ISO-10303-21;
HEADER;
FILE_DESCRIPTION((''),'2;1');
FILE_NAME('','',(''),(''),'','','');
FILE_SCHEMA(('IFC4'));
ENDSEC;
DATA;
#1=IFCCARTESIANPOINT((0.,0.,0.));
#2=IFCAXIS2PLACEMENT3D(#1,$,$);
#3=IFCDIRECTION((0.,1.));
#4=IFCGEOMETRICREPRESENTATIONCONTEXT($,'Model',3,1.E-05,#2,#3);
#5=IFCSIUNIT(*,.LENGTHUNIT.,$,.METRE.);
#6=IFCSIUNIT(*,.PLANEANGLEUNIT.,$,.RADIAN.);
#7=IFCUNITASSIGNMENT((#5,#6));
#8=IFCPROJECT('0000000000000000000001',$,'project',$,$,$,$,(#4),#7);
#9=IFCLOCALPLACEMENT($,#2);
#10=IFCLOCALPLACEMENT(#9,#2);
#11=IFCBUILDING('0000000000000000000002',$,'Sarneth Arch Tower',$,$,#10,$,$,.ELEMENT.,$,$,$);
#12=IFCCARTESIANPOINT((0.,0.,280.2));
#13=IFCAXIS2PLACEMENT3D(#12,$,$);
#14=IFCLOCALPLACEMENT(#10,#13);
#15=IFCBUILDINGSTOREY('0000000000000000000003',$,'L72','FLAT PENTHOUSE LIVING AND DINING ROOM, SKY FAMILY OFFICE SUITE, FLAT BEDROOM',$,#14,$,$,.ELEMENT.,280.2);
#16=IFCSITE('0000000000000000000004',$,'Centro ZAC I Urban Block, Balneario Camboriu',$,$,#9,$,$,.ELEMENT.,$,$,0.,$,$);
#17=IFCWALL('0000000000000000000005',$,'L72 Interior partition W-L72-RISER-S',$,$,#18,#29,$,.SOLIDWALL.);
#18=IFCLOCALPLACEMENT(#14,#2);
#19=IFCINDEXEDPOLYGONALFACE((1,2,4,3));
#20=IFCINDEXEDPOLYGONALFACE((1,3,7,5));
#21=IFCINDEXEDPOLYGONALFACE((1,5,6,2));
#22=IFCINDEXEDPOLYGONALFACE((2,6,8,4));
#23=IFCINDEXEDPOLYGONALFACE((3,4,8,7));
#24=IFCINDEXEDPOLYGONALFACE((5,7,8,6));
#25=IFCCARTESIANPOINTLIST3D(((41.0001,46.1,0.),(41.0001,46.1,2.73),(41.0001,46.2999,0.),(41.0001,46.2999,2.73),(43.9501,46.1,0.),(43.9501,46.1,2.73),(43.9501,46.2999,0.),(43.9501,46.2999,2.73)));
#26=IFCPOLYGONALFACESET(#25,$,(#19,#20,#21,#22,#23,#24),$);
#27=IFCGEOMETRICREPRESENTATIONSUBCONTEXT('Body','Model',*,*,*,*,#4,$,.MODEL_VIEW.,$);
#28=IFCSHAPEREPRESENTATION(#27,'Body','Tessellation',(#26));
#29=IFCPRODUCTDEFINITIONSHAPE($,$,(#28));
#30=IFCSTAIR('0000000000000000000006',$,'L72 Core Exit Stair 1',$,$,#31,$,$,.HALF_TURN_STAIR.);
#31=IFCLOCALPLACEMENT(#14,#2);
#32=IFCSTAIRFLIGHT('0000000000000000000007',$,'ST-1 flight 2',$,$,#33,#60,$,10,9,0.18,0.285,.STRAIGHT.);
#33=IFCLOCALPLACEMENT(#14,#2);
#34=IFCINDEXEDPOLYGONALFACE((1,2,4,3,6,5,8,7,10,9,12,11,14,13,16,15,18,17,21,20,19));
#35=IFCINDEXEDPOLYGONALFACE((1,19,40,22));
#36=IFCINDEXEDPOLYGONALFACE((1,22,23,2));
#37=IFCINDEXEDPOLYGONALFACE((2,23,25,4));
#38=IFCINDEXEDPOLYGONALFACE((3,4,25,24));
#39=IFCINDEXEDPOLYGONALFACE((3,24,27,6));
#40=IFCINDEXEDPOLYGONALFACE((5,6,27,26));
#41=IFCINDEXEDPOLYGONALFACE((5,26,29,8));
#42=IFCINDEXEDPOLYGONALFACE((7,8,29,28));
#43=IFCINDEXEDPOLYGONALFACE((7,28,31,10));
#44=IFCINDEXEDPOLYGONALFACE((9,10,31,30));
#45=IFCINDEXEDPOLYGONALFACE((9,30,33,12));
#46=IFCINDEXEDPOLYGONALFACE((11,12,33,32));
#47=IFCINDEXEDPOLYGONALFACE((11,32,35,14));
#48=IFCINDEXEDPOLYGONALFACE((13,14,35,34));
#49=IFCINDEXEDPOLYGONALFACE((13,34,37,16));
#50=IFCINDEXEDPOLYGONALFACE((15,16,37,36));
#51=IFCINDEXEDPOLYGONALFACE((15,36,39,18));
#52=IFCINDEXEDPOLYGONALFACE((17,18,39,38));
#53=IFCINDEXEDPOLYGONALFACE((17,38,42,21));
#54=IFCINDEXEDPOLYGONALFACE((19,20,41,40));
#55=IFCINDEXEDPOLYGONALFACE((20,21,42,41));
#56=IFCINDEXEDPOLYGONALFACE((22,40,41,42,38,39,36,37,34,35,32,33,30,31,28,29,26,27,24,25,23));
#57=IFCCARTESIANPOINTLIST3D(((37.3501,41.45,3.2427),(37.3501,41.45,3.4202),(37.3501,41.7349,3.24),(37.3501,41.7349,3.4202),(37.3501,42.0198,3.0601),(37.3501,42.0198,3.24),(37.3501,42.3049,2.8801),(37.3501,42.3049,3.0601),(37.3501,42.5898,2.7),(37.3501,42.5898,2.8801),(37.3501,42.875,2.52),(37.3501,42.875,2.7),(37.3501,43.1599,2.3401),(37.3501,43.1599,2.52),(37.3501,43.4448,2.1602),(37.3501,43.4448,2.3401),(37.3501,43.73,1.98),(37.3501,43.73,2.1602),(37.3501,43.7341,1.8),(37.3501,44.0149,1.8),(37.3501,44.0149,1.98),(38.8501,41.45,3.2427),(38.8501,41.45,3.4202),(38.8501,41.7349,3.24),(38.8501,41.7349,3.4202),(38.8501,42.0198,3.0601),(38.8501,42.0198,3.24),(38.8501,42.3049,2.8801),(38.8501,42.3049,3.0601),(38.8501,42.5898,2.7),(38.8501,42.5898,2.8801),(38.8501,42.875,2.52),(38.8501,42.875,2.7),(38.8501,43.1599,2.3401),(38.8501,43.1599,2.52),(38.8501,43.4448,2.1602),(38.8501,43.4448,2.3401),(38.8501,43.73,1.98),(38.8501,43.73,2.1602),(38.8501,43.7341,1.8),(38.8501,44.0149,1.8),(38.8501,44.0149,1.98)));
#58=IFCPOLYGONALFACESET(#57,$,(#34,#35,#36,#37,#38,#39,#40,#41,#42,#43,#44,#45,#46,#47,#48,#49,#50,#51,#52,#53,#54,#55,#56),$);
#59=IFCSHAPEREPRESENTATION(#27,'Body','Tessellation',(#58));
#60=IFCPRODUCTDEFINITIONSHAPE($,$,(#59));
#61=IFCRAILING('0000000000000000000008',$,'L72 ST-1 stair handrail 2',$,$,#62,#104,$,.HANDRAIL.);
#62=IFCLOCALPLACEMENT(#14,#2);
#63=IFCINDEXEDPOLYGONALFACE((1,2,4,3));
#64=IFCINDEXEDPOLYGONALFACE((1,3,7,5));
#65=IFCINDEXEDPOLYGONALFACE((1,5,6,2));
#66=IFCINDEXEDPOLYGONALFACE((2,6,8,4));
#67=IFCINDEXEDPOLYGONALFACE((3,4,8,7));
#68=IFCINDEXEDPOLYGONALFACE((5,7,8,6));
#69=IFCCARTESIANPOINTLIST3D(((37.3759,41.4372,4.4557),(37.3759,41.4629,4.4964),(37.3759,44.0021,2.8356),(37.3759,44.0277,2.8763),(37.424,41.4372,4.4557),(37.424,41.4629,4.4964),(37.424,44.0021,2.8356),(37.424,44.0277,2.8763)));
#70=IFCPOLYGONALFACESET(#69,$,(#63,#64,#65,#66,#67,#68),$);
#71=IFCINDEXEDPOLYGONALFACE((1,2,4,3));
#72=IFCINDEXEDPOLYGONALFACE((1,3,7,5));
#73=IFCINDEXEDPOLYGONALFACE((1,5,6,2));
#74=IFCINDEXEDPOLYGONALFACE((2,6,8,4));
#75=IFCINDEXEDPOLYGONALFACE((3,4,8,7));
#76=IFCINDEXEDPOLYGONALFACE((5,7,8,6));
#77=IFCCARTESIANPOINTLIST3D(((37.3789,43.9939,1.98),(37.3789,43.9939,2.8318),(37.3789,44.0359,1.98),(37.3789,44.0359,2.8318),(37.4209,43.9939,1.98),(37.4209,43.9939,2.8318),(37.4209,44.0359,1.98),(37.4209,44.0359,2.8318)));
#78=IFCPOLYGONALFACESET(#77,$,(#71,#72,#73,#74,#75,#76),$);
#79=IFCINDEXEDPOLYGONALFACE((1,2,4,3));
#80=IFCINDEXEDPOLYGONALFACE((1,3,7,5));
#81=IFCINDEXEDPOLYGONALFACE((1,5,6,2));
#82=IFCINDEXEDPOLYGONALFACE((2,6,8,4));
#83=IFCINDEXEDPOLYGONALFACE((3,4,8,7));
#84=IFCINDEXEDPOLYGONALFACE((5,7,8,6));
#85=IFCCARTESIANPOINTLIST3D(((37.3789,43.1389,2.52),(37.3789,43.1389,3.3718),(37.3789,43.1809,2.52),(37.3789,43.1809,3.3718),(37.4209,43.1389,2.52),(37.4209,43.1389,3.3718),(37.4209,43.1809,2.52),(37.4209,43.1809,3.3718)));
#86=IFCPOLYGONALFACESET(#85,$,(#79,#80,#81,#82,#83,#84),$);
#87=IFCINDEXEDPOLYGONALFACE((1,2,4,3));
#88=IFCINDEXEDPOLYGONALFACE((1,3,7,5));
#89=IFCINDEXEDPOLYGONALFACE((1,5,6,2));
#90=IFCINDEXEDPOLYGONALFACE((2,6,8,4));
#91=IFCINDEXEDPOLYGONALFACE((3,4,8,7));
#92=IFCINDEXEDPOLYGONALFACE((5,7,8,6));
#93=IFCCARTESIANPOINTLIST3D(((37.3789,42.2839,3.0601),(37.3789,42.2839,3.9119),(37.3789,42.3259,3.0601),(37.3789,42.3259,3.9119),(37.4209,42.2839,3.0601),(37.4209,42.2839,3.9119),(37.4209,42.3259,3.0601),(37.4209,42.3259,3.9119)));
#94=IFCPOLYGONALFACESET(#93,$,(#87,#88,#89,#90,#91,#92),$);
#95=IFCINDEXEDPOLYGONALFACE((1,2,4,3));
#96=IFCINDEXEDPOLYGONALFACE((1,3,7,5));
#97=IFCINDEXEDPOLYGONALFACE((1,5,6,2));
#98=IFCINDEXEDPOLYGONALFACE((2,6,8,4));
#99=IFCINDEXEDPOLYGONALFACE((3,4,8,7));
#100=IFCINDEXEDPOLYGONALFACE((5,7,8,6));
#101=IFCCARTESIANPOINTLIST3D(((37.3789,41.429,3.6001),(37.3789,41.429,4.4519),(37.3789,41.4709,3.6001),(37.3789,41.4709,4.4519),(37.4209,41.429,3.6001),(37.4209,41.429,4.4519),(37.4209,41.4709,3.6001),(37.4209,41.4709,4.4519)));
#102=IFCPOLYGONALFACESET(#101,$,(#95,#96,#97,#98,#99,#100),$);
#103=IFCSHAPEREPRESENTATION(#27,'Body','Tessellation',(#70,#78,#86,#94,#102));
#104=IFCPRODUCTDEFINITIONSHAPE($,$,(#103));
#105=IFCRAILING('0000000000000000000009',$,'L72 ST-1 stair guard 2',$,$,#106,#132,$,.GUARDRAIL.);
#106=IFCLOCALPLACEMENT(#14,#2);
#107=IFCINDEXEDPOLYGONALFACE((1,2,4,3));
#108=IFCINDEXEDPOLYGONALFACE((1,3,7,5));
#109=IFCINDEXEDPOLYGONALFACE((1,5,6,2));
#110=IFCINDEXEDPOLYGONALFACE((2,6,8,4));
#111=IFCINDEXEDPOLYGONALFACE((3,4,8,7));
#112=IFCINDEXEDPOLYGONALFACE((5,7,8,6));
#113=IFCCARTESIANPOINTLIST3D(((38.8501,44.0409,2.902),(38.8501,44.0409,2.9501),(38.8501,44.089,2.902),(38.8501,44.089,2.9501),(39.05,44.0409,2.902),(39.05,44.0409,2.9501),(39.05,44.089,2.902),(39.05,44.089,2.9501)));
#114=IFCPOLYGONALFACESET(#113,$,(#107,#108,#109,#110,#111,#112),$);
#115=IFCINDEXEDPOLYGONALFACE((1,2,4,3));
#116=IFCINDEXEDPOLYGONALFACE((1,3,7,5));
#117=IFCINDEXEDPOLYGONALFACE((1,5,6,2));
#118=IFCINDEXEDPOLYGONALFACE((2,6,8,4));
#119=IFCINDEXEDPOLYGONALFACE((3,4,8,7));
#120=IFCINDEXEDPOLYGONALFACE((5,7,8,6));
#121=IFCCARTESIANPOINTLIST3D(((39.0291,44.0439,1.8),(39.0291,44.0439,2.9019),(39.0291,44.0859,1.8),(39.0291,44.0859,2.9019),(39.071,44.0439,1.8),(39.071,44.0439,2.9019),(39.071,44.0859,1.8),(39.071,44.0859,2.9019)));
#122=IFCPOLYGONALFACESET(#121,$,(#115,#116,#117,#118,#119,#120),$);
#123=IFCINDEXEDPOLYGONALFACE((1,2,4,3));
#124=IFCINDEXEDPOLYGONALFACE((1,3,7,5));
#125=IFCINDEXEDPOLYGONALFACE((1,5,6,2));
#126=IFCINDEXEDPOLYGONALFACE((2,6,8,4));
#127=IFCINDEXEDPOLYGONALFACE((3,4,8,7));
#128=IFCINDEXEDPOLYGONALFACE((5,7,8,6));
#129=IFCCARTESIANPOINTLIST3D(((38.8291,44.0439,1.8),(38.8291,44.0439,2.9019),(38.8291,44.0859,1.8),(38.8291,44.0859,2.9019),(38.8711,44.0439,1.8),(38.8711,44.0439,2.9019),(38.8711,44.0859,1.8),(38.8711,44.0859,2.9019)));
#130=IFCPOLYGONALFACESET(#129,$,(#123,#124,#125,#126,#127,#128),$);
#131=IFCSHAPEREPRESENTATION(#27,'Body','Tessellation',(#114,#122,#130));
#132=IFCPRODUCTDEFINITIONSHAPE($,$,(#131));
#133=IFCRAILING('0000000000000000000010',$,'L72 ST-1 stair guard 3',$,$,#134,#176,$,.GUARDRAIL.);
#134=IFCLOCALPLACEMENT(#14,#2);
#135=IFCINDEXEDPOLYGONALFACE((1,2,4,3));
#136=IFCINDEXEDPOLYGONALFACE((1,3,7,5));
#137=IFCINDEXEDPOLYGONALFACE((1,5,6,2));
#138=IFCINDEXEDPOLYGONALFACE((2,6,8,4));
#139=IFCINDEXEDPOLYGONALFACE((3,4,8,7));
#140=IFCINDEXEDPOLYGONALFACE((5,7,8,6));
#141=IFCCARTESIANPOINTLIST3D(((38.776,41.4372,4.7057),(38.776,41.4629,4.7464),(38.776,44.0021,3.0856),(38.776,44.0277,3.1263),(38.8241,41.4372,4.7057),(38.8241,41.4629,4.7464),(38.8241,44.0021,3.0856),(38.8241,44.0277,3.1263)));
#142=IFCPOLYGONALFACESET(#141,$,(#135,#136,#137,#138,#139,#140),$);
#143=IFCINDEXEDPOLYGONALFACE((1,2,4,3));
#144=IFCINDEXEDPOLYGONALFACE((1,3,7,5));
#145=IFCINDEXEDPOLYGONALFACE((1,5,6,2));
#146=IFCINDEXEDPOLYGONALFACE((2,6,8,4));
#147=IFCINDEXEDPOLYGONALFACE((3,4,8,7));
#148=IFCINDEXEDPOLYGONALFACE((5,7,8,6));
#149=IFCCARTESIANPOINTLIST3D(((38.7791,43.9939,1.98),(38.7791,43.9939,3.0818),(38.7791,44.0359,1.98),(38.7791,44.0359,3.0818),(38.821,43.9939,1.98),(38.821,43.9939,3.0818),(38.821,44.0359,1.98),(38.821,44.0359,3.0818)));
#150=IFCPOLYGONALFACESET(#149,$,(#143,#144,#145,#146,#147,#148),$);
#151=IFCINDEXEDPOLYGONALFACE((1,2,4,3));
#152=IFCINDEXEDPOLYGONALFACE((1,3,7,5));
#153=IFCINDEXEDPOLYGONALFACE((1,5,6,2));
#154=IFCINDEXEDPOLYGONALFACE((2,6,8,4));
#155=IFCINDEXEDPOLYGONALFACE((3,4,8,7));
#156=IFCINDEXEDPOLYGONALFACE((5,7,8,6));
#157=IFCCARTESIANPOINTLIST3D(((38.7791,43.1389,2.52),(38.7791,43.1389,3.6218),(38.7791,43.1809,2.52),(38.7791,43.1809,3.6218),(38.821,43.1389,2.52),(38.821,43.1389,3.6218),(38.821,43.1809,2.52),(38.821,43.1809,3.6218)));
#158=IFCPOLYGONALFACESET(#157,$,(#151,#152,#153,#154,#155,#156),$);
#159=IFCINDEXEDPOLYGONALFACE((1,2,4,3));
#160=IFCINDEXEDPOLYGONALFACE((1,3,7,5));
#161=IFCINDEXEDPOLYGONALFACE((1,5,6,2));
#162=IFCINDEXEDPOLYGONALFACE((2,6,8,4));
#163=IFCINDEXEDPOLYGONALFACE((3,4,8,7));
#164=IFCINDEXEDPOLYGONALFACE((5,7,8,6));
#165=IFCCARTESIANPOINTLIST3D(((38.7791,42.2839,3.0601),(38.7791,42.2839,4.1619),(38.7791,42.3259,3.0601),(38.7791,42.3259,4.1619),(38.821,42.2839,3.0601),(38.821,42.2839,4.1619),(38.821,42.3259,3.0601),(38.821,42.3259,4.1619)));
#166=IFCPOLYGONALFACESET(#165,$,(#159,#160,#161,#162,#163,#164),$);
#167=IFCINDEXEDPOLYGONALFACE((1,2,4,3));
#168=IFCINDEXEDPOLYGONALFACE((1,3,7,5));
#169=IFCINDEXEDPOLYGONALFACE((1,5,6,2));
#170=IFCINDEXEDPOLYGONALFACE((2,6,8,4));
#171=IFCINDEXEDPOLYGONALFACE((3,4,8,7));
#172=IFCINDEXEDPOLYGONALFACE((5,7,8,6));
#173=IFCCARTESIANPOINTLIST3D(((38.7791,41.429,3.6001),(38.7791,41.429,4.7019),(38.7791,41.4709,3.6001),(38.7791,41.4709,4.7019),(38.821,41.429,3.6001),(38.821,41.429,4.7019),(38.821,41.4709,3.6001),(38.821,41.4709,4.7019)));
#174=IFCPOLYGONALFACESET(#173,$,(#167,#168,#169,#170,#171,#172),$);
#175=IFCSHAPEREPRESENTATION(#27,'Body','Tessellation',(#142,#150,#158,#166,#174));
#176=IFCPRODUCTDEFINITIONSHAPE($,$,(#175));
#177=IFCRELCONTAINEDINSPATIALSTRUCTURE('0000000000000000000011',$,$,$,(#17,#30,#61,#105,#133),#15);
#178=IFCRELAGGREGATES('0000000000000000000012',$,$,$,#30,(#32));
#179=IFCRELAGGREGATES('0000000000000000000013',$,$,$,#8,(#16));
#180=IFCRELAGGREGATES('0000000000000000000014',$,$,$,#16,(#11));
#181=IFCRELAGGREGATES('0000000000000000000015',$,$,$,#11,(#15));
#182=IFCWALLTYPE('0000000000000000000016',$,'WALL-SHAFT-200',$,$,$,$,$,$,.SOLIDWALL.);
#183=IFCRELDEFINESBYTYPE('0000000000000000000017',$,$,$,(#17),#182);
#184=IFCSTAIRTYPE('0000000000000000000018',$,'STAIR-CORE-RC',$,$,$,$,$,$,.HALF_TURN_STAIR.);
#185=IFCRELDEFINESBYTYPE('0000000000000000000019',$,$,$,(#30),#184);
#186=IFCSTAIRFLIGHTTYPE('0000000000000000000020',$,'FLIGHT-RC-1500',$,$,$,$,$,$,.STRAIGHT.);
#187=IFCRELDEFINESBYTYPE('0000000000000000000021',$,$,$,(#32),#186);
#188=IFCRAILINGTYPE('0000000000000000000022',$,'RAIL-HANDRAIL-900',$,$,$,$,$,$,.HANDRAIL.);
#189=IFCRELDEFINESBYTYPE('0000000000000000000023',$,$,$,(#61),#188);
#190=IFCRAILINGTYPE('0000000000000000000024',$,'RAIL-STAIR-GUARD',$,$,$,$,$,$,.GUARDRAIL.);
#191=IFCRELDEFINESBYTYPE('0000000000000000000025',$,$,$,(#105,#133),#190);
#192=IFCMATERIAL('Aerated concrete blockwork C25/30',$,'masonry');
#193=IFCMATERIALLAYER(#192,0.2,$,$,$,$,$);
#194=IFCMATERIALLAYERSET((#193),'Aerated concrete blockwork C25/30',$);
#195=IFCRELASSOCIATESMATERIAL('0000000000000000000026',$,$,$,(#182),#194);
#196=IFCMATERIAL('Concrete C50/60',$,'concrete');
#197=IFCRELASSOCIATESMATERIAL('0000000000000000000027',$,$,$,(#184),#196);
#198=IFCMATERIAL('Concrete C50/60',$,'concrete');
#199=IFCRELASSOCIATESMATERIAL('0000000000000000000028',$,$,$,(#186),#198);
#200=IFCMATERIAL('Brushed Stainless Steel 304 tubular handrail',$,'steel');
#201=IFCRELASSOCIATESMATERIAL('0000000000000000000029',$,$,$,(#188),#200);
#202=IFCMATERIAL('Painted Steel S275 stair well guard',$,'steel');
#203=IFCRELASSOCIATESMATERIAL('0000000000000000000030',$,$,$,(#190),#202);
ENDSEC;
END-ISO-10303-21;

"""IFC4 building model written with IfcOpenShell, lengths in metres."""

from ifc_helpers import new_model, si_unit, direction, frame, frame_2d, origin, origin_2d, place, context, subcontext, project, spatial, polyline, rectangle, outline, extrude, material, layer, layer_set, type_object, element, aggregate, save


model = new_model("IFC4")

# Units and contexts
model_context = context("Model", 3, precision=1e-05, world=origin(), true_north=direction((0.0, 1.0)))
body_context = subcontext(model_context, "Body", "Model", "MODEL_VIEW")
ifc_project = project(units=[si_unit("LENGTHUNIT", "METRE"), si_unit("PLANEANGLEUNIT", "RADIAN")], contexts=[model_context])

# Site, building, storey
site_placement = place(None, origin())
site = spatial("IfcSite", under=ifc_project, at=site_placement, Name="Centro ZAC I Urban Block, Balneario Camboriu", CompositionType="ELEMENT", RefElevation=0.0)
building_placement = place(site_placement, origin())
building = spatial("IfcBuilding", under=site, at=building_placement, Name="Sarneth Arch Tower", CompositionType="ELEMENT")
storey_placement = place(building_placement, frame((0.0, 0.0, 280.2)))
storey = spatial("IfcBuildingStorey", under=building, at=storey_placement, Name="L72", Description="FLAT PENTHOUSE LIVING AND DINING ROOM, SKY FAMILY OFFICE SUITE, FLAT BEDROOM", CompositionType="ELEMENT", Elevation=280.2)

# Wall
ifc_material_1 = material(Name="Aerated concrete blockwork C25/30", Category="masonry")
ifc_layer_1 = layer(ifc_material_1, 0.2)
ifc_layer_set_1 = layer_set([ifc_layer_1], Name="Aerated concrete blockwork C25/30")
wall_type_1 = type_object("IfcWallType", Name="WALL-SHAFT-200", PredefinedType="SOLIDWALL", material=ifc_layer_set_1)
wall_1_placement = place(storey_placement, frame((41.0, 46.2, 0.0), z_axis=(0.0, 0.0, 1.0), x_axis=(1.0, 0.0, 0.0)))
element("IfcWall", 1, at=wall_1_placement, inside=storey, type_object=wall_type_1, Name="L72 Interior partition W-L72-RISER-S", PredefinedType="SOLIDWALL", context=body_context, shape_type="SweptSolid", body=[
    extrude(rectangle(XDim=2.95, YDim=0.2, at=frame_2d((1.4751, 0.0))), origin(), (0.0, 0.0, 1.0), 2.73),
])

# Stair, stair flight
ifc_material_2 = material(Name="Concrete C50/60", Category="concrete")
stair_type = type_object("IfcStairType", Name="STAIR-CORE-RC", PredefinedType="HALF_TURN_STAIR", material=ifc_material_2)
stair_placement = place(storey_placement, origin())
stair = element("IfcStair", 2, at=stair_placement, inside=storey, type_object=stair_type, Name="L72 Core Exit Stair 1", PredefinedType="HALF_TURN_STAIR")
ifc_material_3 = material(Name="Concrete C50/60", Category="concrete")
stair_flight_type = type_object("IfcStairFlightType", Name="FLIGHT-RC-1500", PredefinedType="STRAIGHT", material=ifc_material_3)
stair_flight_placement = place(storey_placement, frame((38.1001, 44.0149, 1.8), z_axis=(0.0, 0.0, 1.0), x_axis=(0.0, -1.0, 0.0)))
stair_flight = element("IfcStairFlight", 3, at=stair_flight_placement, type_object=stair_flight_type, Name="ST-1 flight 2", NumberOfRisers=10, NumberOfTreads=9, PredefinedType="STRAIGHT", RiserHeight=0.18, TreadLength=0.285, context=body_context, shape_type="SweptSolid", body=[
    extrude(outline(polyline([(0.0, 0.0), (0.0, 0.1799), (0.2849, 0.1799), (0.2849, 0.3601), (0.5701, 0.3601), (0.5701, 0.54), (0.855, 0.54), (0.855, 0.72), (1.1399, 0.72), (1.1399, 0.8999), (1.425, 0.8999), (1.425, 1.0801), (1.71, 1.0801), (1.71, 1.26), (1.9951, 1.26), (1.9951, 1.4399), (2.28, 1.4399), (2.28, 1.6201), (2.5649, 1.6201), (2.5649, 1.8), (2.5649, 1.4426), (0.2808, 0.0), (0.0, 0.0)])), frame((0.0, 0.75, 0.0), z_axis=(0.0, -1.0, 0.0), x_axis=(1.0, 0.0, 0.0)), (0.0, 0.0, 1.0), 1.5),
])
aggregate(stair, [stair_flight])

# Railings
ifc_material_4 = material(Name="Brushed Stainless Steel 304 tubular handrail", Category="steel")
railing_type_1 = type_object("IfcRailingType", Name="RAIL-HANDRAIL-900", PredefinedType="HANDRAIL", material=ifc_material_4)
railing_1_placement = place(storey_placement, frame((37.3999, 44.0149, 1.98)))
element("IfcRailing", 4, at=railing_1_placement, inside=storey, type_object=railing_type_1, Name="L72 ST-1 stair handrail 2", PredefinedType="HANDRAIL", context=body_context, shape_type="SweptSolid", body=[
    extrude(rectangle(XDim=0.0481, YDim=0.0481, at=origin_2d()), frame((0.0, 0.0, 0.876), z_axis=(0.0, -0.845466, 0.534029), x_axis=(1.0, 0.0, 0.0)), (0.0, 0.0, 1.0), 3.0337),
    extrude(rectangle(XDim=0.042, YDim=0.042, at=origin_2d()), origin(), (0.0, 0.0, 1.0), 0.8518),
    extrude(rectangle(XDim=0.042, YDim=0.042, at=origin_2d()), frame((0.0, -0.855, 0.54)), (0.0, 0.0, 1.0), 0.8518),
    extrude(rectangle(XDim=0.042, YDim=0.042, at=origin_2d()), frame((0.0, -1.71, 1.0801)), (0.0, 0.0, 1.0), 0.8518),
    extrude(rectangle(XDim=0.042, YDim=0.042, at=origin_2d()), frame((0.0, -2.5649, 1.6201)), (0.0, 0.0, 1.0), 0.8518),
])
ifc_material_5 = material(Name="Painted Steel S275 stair well guard", Category="steel")
railing_type_2 = type_object("IfcRailingType", Name="RAIL-STAIR-GUARD", PredefinedType="GUARDRAIL", material=ifc_material_5)
railing_2_placement = place(storey_placement, frame((39.05, 44.0649, 1.8)))
element("IfcRailing", 5, at=railing_2_placement, inside=storey, type_object=railing_type_2, Name="L72 ST-1 stair guard 2", PredefinedType="GUARDRAIL", context=body_context, shape_type="SweptSolid", body=[
    extrude(rectangle(XDim=0.0481, YDim=0.0481, at=origin_2d()), frame((0.0, 0.0, 1.126), z_axis=(-1.0, 0.0, 0.0), x_axis=(0.0, -1.0, 0.0)), (0.0, 0.0, 1.0), 0.2),
    extrude(rectangle(XDim=0.042, YDim=0.042, at=origin_2d()), origin(), (0.0, 0.0, 1.0), 1.1018),
    extrude(rectangle(XDim=0.042, YDim=0.042, at=origin_2d()), frame((-0.2, 0.0, 0.0)), (0.0, 0.0, 1.0), 1.1018),
])
railing_3_placement = place(storey_placement, frame((38.8, 44.0149, 1.98)))
element("IfcRailing", 6, at=railing_3_placement, inside=storey, type_object=railing_type_2, Name="L72 ST-1 stair guard 3", PredefinedType="GUARDRAIL", context=body_context, shape_type="SweptSolid", body=[
    extrude(rectangle(XDim=0.0481, YDim=0.0481, at=origin_2d()), frame((0.0, 0.0, 1.126), z_axis=(0.0, -0.845466, 0.534029), x_axis=(1.0, 0.0, 0.0)), (0.0, 0.0, 1.0), 3.0337),
    extrude(rectangle(XDim=0.042, YDim=0.042, at=origin_2d()), origin(), (0.0, 0.0, 1.0), 1.1018),
    extrude(rectangle(XDim=0.042, YDim=0.042, at=origin_2d()), frame((0.0, -0.855, 0.54)), (0.0, 0.0, 1.0), 1.1018),
    extrude(rectangle(XDim=0.042, YDim=0.042, at=origin_2d()), frame((0.0, -1.71, 1.0801)), (0.0, 0.0, 1.0), 1.1018),
    extrude(rectangle(XDim=0.042, YDim=0.042, at=origin_2d()), frame((0.0, -2.5649, 1.6201)), (0.0, 0.0, 1.0), 1.1018),
])

save(model, "model.ifc")
